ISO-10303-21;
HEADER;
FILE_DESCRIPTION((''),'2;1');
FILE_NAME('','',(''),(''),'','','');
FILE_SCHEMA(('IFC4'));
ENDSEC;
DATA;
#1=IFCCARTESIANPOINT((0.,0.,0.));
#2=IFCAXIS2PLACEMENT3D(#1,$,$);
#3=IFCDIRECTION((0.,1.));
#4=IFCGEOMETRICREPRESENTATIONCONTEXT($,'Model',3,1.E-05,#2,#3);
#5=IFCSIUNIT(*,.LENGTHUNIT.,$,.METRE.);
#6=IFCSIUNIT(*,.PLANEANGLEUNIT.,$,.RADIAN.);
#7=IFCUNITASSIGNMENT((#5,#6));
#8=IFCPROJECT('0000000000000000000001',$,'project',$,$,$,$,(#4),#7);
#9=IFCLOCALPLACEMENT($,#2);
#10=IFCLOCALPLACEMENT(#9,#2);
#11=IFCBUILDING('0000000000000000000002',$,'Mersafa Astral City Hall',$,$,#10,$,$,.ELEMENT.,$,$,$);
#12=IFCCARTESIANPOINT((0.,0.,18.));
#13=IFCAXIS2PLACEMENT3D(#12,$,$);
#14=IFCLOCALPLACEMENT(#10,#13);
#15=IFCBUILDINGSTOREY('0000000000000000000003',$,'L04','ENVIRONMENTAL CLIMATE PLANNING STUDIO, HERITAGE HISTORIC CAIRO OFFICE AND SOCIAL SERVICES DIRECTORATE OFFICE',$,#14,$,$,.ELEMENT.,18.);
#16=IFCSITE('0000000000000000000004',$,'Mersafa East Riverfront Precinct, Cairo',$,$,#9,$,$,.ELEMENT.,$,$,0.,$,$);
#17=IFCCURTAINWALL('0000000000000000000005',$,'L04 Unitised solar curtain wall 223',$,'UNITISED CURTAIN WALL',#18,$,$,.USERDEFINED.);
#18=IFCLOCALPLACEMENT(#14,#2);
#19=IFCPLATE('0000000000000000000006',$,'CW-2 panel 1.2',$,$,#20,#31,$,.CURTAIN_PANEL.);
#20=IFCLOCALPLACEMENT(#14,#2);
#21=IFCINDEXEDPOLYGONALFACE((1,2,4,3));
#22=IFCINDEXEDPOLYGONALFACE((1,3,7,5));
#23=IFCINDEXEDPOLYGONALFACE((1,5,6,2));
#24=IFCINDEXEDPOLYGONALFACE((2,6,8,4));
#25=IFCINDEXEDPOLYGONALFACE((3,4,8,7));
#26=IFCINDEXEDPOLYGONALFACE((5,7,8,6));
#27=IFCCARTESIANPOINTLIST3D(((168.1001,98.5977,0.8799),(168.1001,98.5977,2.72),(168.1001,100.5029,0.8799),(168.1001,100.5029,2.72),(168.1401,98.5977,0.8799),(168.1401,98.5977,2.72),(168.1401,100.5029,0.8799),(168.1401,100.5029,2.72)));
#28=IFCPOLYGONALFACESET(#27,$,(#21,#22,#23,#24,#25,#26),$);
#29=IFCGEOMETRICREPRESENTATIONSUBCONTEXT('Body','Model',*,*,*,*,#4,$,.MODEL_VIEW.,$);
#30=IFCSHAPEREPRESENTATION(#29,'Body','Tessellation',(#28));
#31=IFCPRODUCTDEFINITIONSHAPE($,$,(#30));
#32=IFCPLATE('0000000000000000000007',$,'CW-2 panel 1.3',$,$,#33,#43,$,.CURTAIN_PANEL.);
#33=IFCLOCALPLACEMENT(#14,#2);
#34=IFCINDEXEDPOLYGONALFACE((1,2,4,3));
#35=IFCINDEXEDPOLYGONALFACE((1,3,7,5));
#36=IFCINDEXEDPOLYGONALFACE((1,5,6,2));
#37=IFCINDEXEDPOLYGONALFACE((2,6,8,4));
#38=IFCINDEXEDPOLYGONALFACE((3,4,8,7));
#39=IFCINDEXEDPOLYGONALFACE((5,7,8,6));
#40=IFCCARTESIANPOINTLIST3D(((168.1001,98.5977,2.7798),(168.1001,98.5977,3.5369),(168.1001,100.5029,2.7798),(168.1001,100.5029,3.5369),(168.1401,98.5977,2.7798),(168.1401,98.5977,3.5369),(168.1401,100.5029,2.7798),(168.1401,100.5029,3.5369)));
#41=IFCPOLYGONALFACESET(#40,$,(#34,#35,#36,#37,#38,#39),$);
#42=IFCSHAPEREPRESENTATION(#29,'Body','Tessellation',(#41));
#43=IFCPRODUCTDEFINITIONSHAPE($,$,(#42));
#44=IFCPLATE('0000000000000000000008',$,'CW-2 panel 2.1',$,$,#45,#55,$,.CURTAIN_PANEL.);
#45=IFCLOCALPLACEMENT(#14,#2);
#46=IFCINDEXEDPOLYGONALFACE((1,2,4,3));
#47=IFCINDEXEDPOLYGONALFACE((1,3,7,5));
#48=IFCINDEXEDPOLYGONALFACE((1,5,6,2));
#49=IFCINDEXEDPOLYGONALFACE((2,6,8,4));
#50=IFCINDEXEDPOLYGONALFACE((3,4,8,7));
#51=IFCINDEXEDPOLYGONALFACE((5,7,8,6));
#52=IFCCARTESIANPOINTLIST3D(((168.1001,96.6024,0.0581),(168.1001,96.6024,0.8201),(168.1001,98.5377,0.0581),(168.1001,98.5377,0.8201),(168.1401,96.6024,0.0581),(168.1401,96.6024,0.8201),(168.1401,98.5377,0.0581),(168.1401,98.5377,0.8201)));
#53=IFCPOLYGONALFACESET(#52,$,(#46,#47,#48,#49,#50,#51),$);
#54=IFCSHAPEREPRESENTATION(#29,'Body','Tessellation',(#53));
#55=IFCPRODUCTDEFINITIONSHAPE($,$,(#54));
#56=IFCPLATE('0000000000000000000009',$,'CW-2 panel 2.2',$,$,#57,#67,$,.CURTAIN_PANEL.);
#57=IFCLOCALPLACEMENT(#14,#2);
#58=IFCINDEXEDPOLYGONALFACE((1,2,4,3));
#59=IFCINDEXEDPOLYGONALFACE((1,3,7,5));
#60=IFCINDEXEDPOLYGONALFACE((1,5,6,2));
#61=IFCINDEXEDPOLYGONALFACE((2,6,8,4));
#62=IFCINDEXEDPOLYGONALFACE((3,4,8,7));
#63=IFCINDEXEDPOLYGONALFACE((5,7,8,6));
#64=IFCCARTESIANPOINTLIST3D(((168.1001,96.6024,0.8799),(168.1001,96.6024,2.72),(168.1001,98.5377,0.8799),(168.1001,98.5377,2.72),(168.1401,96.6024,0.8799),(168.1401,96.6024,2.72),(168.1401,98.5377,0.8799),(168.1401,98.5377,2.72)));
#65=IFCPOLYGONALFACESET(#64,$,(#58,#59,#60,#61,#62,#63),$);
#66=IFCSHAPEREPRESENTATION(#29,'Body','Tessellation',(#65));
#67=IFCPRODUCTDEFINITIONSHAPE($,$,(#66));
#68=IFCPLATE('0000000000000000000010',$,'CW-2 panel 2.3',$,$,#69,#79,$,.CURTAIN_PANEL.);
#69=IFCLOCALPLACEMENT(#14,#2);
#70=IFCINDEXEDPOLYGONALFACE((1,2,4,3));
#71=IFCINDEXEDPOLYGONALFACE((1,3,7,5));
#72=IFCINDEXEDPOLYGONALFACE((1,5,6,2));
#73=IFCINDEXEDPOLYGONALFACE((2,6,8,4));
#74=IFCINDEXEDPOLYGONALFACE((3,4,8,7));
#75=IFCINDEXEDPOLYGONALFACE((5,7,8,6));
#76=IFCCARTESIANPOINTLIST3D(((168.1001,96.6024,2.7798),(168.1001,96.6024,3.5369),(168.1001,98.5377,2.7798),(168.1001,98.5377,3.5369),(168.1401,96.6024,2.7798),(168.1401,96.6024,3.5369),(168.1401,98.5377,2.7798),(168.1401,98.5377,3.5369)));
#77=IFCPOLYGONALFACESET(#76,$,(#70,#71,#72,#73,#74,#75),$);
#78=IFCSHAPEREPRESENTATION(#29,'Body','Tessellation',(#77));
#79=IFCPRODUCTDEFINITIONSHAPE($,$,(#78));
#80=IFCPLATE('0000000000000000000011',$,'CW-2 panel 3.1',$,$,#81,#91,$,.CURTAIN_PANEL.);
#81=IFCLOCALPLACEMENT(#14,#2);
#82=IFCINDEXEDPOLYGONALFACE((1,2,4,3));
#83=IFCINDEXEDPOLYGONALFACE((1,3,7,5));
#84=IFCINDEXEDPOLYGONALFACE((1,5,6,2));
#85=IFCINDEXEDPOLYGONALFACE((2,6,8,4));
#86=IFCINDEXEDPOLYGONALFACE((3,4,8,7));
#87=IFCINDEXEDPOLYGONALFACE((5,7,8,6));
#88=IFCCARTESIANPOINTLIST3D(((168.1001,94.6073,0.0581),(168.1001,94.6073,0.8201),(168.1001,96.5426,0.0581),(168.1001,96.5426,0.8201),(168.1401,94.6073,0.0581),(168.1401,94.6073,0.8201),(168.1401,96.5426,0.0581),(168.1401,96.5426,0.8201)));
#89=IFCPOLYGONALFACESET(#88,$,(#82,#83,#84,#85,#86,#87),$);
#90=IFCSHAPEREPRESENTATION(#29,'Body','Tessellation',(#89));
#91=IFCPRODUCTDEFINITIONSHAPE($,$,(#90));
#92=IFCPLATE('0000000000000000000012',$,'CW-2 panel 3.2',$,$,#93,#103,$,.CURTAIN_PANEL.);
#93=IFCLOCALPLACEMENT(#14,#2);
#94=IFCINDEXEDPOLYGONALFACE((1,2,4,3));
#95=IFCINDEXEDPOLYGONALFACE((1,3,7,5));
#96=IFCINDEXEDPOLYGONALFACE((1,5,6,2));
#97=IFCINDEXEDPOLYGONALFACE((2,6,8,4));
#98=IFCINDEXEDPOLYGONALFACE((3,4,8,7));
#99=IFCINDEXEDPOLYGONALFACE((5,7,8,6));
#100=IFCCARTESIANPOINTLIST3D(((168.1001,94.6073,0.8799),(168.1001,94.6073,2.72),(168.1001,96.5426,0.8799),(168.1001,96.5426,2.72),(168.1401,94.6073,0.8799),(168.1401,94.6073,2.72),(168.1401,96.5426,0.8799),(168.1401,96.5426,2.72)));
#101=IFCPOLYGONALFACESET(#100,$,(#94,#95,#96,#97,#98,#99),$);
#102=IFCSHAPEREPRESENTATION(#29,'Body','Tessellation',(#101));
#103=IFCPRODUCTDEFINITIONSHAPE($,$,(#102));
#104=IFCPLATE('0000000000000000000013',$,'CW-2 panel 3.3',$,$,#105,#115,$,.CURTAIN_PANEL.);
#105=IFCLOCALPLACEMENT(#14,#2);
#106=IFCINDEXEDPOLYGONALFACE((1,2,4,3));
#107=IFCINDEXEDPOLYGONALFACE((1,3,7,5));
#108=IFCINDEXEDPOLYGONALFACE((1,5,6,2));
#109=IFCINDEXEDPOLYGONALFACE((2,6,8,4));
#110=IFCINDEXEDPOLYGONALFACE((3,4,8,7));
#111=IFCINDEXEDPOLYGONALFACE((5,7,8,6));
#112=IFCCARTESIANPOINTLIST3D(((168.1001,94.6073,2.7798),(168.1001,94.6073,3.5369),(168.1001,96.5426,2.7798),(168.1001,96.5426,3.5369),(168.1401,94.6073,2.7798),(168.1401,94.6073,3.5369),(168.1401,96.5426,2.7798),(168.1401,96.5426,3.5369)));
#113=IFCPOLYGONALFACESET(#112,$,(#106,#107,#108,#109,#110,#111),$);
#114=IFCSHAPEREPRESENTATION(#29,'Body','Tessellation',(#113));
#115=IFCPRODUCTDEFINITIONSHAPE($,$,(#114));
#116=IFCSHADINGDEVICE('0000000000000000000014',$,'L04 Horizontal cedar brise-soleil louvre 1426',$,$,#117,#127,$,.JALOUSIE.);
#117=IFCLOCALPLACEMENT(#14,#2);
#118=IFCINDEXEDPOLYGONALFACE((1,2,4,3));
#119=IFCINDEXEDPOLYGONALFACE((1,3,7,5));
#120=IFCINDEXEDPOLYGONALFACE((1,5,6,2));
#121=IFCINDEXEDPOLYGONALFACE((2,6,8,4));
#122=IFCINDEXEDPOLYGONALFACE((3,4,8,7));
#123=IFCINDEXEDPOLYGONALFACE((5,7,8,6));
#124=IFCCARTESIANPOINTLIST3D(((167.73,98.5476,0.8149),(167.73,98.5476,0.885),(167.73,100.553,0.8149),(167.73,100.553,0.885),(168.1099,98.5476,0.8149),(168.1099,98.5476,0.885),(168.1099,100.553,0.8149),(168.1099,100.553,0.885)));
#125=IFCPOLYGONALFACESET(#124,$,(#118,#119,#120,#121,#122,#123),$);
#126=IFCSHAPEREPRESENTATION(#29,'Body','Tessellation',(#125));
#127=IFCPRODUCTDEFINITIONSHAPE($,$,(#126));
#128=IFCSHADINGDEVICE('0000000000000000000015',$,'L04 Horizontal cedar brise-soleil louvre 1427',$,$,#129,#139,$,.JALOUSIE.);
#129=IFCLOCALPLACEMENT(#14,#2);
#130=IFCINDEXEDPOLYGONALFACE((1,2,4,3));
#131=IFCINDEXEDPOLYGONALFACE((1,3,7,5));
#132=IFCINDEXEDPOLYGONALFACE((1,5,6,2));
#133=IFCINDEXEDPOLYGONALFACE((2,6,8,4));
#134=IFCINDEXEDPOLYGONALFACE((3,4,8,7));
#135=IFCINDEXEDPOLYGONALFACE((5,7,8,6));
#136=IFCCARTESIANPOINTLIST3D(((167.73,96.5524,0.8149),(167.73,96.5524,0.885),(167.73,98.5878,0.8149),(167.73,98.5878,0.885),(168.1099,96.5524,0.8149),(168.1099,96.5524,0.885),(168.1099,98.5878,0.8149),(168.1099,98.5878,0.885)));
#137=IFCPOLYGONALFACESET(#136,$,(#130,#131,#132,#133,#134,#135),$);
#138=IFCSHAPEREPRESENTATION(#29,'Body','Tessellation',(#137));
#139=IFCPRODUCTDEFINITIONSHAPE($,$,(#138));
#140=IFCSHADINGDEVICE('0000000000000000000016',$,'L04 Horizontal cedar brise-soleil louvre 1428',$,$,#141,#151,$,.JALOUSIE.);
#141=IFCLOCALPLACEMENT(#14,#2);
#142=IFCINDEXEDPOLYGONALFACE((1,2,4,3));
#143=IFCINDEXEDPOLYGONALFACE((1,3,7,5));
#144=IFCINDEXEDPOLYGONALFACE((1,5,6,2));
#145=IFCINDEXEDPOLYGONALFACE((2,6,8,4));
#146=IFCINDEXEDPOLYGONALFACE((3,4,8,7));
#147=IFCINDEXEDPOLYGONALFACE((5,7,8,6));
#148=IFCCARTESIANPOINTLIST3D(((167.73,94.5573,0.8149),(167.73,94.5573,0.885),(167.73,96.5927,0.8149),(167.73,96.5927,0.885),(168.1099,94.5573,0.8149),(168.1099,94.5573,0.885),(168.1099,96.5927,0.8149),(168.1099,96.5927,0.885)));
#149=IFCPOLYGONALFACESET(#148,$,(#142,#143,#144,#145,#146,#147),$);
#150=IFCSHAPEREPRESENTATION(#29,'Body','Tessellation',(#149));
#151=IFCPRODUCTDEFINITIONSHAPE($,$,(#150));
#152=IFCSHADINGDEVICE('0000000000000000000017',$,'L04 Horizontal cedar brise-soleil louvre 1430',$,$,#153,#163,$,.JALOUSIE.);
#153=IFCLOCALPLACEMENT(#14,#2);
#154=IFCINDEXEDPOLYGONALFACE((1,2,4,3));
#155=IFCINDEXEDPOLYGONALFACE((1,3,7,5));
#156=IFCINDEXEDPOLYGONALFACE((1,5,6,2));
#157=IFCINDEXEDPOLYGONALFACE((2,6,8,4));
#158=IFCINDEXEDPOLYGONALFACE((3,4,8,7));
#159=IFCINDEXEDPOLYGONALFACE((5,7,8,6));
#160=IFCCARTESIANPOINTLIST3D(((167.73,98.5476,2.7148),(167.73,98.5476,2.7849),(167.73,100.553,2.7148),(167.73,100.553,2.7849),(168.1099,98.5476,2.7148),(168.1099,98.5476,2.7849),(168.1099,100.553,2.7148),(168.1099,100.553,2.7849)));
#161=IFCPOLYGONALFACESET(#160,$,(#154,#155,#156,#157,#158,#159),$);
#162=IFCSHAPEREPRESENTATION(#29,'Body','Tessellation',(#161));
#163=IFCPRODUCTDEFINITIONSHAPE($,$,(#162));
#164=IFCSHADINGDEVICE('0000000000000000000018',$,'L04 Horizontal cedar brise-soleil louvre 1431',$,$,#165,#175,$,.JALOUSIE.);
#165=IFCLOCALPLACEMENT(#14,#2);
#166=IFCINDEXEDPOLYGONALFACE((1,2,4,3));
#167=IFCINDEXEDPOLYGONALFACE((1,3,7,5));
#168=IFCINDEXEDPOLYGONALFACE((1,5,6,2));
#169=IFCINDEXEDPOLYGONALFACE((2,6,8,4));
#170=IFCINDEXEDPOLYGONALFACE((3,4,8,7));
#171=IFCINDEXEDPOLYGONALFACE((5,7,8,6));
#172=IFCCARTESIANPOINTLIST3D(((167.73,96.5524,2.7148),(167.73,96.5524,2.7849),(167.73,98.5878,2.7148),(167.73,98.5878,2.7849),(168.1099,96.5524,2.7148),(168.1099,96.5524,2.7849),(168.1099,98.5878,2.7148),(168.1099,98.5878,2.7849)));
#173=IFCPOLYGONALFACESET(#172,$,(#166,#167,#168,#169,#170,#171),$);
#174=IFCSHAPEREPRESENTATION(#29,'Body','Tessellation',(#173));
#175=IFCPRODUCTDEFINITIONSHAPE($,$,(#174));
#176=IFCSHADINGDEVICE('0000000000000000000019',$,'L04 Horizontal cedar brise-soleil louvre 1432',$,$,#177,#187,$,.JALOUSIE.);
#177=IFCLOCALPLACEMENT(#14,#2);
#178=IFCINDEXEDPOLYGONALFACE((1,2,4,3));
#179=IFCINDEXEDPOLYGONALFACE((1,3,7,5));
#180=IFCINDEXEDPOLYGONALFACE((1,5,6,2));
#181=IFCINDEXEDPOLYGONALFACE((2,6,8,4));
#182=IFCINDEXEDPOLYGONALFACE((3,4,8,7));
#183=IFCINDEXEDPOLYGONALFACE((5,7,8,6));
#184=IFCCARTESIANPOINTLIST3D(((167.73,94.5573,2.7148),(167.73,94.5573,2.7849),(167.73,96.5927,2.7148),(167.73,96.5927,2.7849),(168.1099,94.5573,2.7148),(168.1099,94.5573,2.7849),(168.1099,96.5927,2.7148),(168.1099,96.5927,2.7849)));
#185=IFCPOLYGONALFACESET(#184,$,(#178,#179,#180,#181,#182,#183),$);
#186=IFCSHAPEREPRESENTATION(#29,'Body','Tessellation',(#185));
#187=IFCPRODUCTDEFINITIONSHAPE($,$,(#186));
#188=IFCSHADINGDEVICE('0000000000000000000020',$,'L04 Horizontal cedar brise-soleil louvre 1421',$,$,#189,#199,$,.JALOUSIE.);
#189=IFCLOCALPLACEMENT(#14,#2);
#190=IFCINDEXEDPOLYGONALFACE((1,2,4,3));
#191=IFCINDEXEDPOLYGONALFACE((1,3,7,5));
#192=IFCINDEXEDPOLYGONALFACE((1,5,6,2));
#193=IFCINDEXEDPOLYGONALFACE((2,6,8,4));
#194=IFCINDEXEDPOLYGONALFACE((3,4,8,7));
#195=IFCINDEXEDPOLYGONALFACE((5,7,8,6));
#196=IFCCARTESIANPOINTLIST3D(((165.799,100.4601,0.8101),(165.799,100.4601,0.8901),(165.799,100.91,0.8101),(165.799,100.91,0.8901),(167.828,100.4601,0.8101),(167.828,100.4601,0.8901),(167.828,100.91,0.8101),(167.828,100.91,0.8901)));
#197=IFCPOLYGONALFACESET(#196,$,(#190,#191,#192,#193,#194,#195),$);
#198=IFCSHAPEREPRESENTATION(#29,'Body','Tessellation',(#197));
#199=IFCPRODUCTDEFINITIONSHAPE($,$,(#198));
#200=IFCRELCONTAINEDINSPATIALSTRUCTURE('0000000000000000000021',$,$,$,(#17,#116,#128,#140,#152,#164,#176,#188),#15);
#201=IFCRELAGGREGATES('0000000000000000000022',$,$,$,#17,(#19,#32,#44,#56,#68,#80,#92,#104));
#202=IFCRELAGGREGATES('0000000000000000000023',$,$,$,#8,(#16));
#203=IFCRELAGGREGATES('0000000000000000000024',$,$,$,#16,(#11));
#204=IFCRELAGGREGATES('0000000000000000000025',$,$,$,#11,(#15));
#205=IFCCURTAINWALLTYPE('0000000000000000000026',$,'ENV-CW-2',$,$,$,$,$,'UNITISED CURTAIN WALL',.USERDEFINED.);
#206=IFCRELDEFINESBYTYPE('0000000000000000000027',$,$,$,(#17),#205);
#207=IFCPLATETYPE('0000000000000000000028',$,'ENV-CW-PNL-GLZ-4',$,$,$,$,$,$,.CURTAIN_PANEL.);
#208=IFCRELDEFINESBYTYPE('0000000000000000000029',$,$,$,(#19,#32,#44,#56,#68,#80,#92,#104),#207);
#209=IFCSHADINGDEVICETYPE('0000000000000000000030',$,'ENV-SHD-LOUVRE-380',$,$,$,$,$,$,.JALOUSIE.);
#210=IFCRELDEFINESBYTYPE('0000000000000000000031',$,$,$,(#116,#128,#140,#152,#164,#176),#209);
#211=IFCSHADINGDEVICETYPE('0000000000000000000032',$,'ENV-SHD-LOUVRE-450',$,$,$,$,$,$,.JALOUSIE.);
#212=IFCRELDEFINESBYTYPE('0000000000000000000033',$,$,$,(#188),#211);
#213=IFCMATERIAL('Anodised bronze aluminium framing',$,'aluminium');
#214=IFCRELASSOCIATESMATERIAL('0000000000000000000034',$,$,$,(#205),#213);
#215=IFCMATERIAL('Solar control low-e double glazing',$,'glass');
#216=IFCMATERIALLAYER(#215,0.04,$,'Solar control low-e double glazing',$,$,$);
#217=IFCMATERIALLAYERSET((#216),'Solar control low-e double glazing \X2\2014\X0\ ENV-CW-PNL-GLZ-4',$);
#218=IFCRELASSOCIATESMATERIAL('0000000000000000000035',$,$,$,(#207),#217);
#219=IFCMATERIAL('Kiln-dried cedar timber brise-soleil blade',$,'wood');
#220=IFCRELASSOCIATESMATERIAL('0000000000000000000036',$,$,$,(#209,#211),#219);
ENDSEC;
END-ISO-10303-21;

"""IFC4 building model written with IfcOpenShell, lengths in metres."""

from ifc_helpers import new_model, si_unit, direction, frame, origin, origin_2d, place, context, subcontext, project, spatial, rectangle, extrude, material, layer, layer_set, type_object, element, aggregate, save


model = new_model("IFC4")

# Units and contexts
model_context = context("Model", 3, precision=1e-05, world=origin(), true_north=direction((0.0, 1.0)))
body_context = subcontext(model_context, "Body", "Model", "MODEL_VIEW")
ifc_project = project(units=[si_unit("LENGTHUNIT", "METRE"), si_unit("PLANEANGLEUNIT", "RADIAN")], contexts=[model_context])

# Site, building, storey
site_placement = place(None, origin())
site = spatial("IfcSite", under=ifc_project, at=site_placement, Name="Mersafa East Riverfront Precinct, Cairo", CompositionType="ELEMENT", RefElevation=0.0)
building_placement = place(site_placement, origin())
building = spatial("IfcBuilding", under=site, at=building_placement, Name="Mersafa Astral City Hall", CompositionType="ELEMENT")
storey_placement = place(building_placement, frame((0.0, 0.0, 18.0)))
storey = spatial("IfcBuildingStorey", under=building, at=storey_placement, Name="L04", Description="ENVIRONMENTAL CLIMATE PLANNING STUDIO, HERITAGE HISTORIC CAIRO OFFICE AND SOCIAL SERVICES DIRECTORATE OFFICE", CompositionType="ELEMENT", Elevation=18.0)

# Curtain wall
ifc_material_1 = material(Name="Anodised bronze aluminium framing", Category="aluminium")
curtain_wall_type = type_object("IfcCurtainWallType", Name="ENV-CW-2", ElementType="UNITISED CURTAIN WALL", PredefinedType="USERDEFINED", material=ifc_material_1)
curtain_wall_placement = place(storey_placement, origin())
curtain_wall = element("IfcCurtainWall", 1, at=curtain_wall_placement, inside=storey, type_object=curtain_wall_type, Name="L04 Unitised solar curtain wall 223", ObjectType="UNITISED CURTAIN WALL", PredefinedType="USERDEFINED")

# Plates
ifc_material_2 = material(Name="Solar control low-e double glazing", Category="glass")
ifc_layer = layer(ifc_material_2, 0.04, Name="Solar control low-e double glazing")
ifc_layer_set = layer_set([ifc_layer], Name="Solar control low-e double glazing — ENV-CW-PNL-GLZ-4")
plate_type = type_object("IfcPlateType", Name="ENV-CW-PNL-GLZ-4", PredefinedType="CURTAIN_PANEL", material=ifc_layer_set)
plate_1_placement = place(storey_placement, frame((168.1201, 99.5503, 0.8799), z_axis=(0.0, 0.0, 1.0), x_axis=(0.0, -1.0, 0.0)))
plate_1 = element("IfcPlate", 2, at=plate_1_placement, type_object=plate_type, Name="CW-2 panel 1.2", PredefinedType="CURTAIN_PANEL", context=body_context, shape_type="SweptSolid", body=[
    extrude(rectangle(XDim=1.9053, YDim=0.04, at=origin_2d()), origin(), (0.0, 0.0, 1.0), 1.8401),
])
plate_2_placement = place(storey_placement, frame((168.1201, 99.5503, 2.7798), z_axis=(0.0, 0.0, 1.0), x_axis=(0.0, -1.0, 0.0)))
plate_2 = element("IfcPlate", 3, at=plate_2_placement, type_object=plate_type, Name="CW-2 panel 1.3", PredefinedType="CURTAIN_PANEL", context=body_context, shape_type="SweptSolid", body=[
    extrude(rectangle(XDim=1.9053, YDim=0.04, at=origin_2d()), origin(), (0.0, 0.0, 1.0), 0.7571),
])
plate_3_placement = place(storey_placement, frame((168.1201, 97.5701, 0.0581), z_axis=(0.0, 0.0, 1.0), x_axis=(0.0, -1.0, 0.0)))
plate_3 = element("IfcPlate", 4, at=plate_3_placement, type_object=plate_type, Name="CW-2 panel 2.1", PredefinedType="CURTAIN_PANEL", context=body_context, shape_type="SweptSolid", body=[
    extrude(rectangle(XDim=1.9353, YDim=0.04, at=origin_2d()), origin(), (0.0, 0.0, 1.0), 0.762),
])
plate_4_placement = place(storey_placement, frame((168.1201, 97.5701, 0.8799), z_axis=(0.0, 0.0, 1.0), x_axis=(0.0, -1.0, 0.0)))
plate_4 = element("IfcPlate", 5, at=plate_4_placement, type_object=plate_type, Name="CW-2 panel 2.2", PredefinedType="CURTAIN_PANEL", context=body_context, shape_type="SweptSolid", body=[
    extrude(rectangle(XDim=1.9353, YDim=0.04, at=origin_2d()), origin(), (0.0, 0.0, 1.0), 1.8401),
])
plate_5_placement = place(storey_placement, frame((168.1201, 97.5701, 2.7798), z_axis=(0.0, 0.0, 1.0), x_axis=(0.0, -1.0, 0.0)))
plate_5 = element("IfcPlate", 6, at=plate_5_placement, type_object=plate_type, Name="CW-2 panel 2.3", PredefinedType="CURTAIN_PANEL", context=body_context, shape_type="SweptSolid", body=[
    extrude(rectangle(XDim=1.9353, YDim=0.04, at=origin_2d()), origin(), (0.0, 0.0, 1.0), 0.7571),
])
plate_6_placement = place(storey_placement, frame((168.1201, 95.575, 0.0581), z_axis=(0.0, 0.0, 1.0), x_axis=(0.0, -1.0, 0.0)))
plate_6 = element("IfcPlate", 7, at=plate_6_placement, type_object=plate_type, Name="CW-2 panel 3.1", PredefinedType="CURTAIN_PANEL", context=body_context, shape_type="SweptSolid", body=[
    extrude(rectangle(XDim=1.9353, YDim=0.04, at=origin_2d()), origin(), (0.0, 0.0, 1.0), 0.762),
])
plate_7_placement = place(storey_placement, frame((168.1201, 95.575, 0.8799), z_axis=(0.0, 0.0, 1.0), x_axis=(0.0, -1.0, 0.0)))
plate_7 = element("IfcPlate", 8, at=plate_7_placement, type_object=plate_type, Name="CW-2 panel 3.2", PredefinedType="CURTAIN_PANEL", context=body_context, shape_type="SweptSolid", body=[
    extrude(rectangle(XDim=1.9353, YDim=0.04, at=origin_2d()), origin(), (0.0, 0.0, 1.0), 1.8401),
])
plate_8_placement = place(storey_placement, frame((168.1201, 95.575, 2.7798), z_axis=(0.0, 0.0, 1.0), x_axis=(0.0, -1.0, 0.0)))
plate_8 = element("IfcPlate", 9, at=plate_8_placement, type_object=plate_type, Name="CW-2 panel 3.3", PredefinedType="CURTAIN_PANEL", context=body_context, shape_type="SweptSolid", body=[
    extrude(rectangle(XDim=1.9353, YDim=0.04, at=origin_2d()), origin(), (0.0, 0.0, 1.0), 0.7571),
])
aggregate(curtain_wall, [plate_1, plate_2, plate_3, plate_4, plate_5, plate_6, plate_7, plate_8])

# Shading devices
ifc_material_3 = material(Name="Kiln-dried cedar timber brise-soleil blade", Category="wood")
shading_device_type_1 = type_object("IfcShadingDeviceType", Name="ENV-SHD-LOUVRE-380", PredefinedType="JALOUSIE", material=ifc_material_3)
shading_device_1_placement = place(storey_placement, frame((167.9199, 99.5503, 0.8149), z_axis=(0.0, 0.0, 1.0), x_axis=(0.0, -1.0, 0.0)))
element("IfcShadingDevice", 10, at=shading_device_1_placement, inside=storey, type_object=shading_device_type_1, Name="L04 Horizontal cedar brise-soleil louvre 1426", PredefinedType="JALOUSIE", context=body_context, shape_type="SweptSolid", body=[
    extrude(rectangle(XDim=2.0054, YDim=0.3799, at=origin_2d()), origin(), (0.0, 0.0, 1.0), 0.0701),
])
for number, where, z_axis, x_axis, name in (
    (11, (167.9199, 97.5701, 0.8149), (0.0, 0.0, 1.0), (0.0, -1.0, 0.0), "L04 Horizontal cedar brise-soleil louvre 1427"),
    (12, (167.9199, 95.575, 0.8149), (0.0, 0.0, 1.0), (0.0, -1.0, 0.0), "L04 Horizontal cedar brise-soleil louvre 1428"),
):
    element("IfcShadingDevice", number, at=place(storey_placement, frame(where, z_axis=z_axis, x_axis=x_axis)), inside=storey, type_object=shading_device_type_1, Name=name, PredefinedType="JALOUSIE", context=body_context, shape_type="SweptSolid", body=[
        extrude(rectangle(XDim=2.0354, YDim=0.3799, at=origin_2d()), origin(), (0.0, 0.0, 1.0), 0.0701),
    ])
shading_device_2_placement = place(storey_placement, frame((167.9199, 99.5503, 2.7148), z_axis=(0.0, 0.0, 1.0), x_axis=(0.0, -1.0, 0.0)))
element("IfcShadingDevice", 13, at=shading_device_2_placement, inside=storey, type_object=shading_device_type_1, Name="L04 Horizontal cedar brise-soleil louvre 1430", PredefinedType="JALOUSIE", context=body_context, shape_type="SweptSolid", body=[
    extrude(rectangle(XDim=2.0054, YDim=0.3799, at=origin_2d()), origin(), (0.0, 0.0, 1.0), 0.0701),
])
for number, where, z_axis, x_axis, name in (
    (14, (167.9199, 97.5701, 2.7148), (0.0, 0.0, 1.0), (0.0, -1.0, 0.0), "L04 Horizontal cedar brise-soleil louvre 1431"),
    (15, (167.9199, 95.575, 2.7148), (0.0, 0.0, 1.0), (0.0, -1.0, 0.0), "L04 Horizontal cedar brise-soleil louvre 1432"),
):
    element("IfcShadingDevice", number, at=place(storey_placement, frame(where, z_axis=z_axis, x_axis=x_axis)), inside=storey, type_object=shading_device_type_1, Name=name, PredefinedType="JALOUSIE", context=body_context, shape_type="SweptSolid", body=[
        extrude(rectangle(XDim=2.0354, YDim=0.3799, at=origin_2d()), origin(), (0.0, 0.0, 1.0), 0.0701),
    ])
shading_device_type_2 = type_object("IfcShadingDeviceType", Name="ENV-SHD-LOUVRE-450", PredefinedType="JALOUSIE", material=ifc_material_3)
for number, where, z_axis, x_axis, name in (
    (16, (166.8135, 100.6851, 0.8101), (0.0, 0.0, 1.0), (1.0, 0.0, 0.0), "L04 Horizontal cedar brise-soleil louvre 1421"),
):
    element("IfcShadingDevice", number, at=place(storey_placement, frame(where, z_axis=z_axis, x_axis=x_axis)), inside=storey, type_object=shading_device_type_2, Name=name, PredefinedType="JALOUSIE", context=body_context, shape_type="SweptSolid", body=[
        extrude(rectangle(XDim=2.0291, YDim=0.45, at=origin_2d()), origin(), (0.0, 0.0, 1.0), 0.0801),
    ])

save(model, "model.ifc")
